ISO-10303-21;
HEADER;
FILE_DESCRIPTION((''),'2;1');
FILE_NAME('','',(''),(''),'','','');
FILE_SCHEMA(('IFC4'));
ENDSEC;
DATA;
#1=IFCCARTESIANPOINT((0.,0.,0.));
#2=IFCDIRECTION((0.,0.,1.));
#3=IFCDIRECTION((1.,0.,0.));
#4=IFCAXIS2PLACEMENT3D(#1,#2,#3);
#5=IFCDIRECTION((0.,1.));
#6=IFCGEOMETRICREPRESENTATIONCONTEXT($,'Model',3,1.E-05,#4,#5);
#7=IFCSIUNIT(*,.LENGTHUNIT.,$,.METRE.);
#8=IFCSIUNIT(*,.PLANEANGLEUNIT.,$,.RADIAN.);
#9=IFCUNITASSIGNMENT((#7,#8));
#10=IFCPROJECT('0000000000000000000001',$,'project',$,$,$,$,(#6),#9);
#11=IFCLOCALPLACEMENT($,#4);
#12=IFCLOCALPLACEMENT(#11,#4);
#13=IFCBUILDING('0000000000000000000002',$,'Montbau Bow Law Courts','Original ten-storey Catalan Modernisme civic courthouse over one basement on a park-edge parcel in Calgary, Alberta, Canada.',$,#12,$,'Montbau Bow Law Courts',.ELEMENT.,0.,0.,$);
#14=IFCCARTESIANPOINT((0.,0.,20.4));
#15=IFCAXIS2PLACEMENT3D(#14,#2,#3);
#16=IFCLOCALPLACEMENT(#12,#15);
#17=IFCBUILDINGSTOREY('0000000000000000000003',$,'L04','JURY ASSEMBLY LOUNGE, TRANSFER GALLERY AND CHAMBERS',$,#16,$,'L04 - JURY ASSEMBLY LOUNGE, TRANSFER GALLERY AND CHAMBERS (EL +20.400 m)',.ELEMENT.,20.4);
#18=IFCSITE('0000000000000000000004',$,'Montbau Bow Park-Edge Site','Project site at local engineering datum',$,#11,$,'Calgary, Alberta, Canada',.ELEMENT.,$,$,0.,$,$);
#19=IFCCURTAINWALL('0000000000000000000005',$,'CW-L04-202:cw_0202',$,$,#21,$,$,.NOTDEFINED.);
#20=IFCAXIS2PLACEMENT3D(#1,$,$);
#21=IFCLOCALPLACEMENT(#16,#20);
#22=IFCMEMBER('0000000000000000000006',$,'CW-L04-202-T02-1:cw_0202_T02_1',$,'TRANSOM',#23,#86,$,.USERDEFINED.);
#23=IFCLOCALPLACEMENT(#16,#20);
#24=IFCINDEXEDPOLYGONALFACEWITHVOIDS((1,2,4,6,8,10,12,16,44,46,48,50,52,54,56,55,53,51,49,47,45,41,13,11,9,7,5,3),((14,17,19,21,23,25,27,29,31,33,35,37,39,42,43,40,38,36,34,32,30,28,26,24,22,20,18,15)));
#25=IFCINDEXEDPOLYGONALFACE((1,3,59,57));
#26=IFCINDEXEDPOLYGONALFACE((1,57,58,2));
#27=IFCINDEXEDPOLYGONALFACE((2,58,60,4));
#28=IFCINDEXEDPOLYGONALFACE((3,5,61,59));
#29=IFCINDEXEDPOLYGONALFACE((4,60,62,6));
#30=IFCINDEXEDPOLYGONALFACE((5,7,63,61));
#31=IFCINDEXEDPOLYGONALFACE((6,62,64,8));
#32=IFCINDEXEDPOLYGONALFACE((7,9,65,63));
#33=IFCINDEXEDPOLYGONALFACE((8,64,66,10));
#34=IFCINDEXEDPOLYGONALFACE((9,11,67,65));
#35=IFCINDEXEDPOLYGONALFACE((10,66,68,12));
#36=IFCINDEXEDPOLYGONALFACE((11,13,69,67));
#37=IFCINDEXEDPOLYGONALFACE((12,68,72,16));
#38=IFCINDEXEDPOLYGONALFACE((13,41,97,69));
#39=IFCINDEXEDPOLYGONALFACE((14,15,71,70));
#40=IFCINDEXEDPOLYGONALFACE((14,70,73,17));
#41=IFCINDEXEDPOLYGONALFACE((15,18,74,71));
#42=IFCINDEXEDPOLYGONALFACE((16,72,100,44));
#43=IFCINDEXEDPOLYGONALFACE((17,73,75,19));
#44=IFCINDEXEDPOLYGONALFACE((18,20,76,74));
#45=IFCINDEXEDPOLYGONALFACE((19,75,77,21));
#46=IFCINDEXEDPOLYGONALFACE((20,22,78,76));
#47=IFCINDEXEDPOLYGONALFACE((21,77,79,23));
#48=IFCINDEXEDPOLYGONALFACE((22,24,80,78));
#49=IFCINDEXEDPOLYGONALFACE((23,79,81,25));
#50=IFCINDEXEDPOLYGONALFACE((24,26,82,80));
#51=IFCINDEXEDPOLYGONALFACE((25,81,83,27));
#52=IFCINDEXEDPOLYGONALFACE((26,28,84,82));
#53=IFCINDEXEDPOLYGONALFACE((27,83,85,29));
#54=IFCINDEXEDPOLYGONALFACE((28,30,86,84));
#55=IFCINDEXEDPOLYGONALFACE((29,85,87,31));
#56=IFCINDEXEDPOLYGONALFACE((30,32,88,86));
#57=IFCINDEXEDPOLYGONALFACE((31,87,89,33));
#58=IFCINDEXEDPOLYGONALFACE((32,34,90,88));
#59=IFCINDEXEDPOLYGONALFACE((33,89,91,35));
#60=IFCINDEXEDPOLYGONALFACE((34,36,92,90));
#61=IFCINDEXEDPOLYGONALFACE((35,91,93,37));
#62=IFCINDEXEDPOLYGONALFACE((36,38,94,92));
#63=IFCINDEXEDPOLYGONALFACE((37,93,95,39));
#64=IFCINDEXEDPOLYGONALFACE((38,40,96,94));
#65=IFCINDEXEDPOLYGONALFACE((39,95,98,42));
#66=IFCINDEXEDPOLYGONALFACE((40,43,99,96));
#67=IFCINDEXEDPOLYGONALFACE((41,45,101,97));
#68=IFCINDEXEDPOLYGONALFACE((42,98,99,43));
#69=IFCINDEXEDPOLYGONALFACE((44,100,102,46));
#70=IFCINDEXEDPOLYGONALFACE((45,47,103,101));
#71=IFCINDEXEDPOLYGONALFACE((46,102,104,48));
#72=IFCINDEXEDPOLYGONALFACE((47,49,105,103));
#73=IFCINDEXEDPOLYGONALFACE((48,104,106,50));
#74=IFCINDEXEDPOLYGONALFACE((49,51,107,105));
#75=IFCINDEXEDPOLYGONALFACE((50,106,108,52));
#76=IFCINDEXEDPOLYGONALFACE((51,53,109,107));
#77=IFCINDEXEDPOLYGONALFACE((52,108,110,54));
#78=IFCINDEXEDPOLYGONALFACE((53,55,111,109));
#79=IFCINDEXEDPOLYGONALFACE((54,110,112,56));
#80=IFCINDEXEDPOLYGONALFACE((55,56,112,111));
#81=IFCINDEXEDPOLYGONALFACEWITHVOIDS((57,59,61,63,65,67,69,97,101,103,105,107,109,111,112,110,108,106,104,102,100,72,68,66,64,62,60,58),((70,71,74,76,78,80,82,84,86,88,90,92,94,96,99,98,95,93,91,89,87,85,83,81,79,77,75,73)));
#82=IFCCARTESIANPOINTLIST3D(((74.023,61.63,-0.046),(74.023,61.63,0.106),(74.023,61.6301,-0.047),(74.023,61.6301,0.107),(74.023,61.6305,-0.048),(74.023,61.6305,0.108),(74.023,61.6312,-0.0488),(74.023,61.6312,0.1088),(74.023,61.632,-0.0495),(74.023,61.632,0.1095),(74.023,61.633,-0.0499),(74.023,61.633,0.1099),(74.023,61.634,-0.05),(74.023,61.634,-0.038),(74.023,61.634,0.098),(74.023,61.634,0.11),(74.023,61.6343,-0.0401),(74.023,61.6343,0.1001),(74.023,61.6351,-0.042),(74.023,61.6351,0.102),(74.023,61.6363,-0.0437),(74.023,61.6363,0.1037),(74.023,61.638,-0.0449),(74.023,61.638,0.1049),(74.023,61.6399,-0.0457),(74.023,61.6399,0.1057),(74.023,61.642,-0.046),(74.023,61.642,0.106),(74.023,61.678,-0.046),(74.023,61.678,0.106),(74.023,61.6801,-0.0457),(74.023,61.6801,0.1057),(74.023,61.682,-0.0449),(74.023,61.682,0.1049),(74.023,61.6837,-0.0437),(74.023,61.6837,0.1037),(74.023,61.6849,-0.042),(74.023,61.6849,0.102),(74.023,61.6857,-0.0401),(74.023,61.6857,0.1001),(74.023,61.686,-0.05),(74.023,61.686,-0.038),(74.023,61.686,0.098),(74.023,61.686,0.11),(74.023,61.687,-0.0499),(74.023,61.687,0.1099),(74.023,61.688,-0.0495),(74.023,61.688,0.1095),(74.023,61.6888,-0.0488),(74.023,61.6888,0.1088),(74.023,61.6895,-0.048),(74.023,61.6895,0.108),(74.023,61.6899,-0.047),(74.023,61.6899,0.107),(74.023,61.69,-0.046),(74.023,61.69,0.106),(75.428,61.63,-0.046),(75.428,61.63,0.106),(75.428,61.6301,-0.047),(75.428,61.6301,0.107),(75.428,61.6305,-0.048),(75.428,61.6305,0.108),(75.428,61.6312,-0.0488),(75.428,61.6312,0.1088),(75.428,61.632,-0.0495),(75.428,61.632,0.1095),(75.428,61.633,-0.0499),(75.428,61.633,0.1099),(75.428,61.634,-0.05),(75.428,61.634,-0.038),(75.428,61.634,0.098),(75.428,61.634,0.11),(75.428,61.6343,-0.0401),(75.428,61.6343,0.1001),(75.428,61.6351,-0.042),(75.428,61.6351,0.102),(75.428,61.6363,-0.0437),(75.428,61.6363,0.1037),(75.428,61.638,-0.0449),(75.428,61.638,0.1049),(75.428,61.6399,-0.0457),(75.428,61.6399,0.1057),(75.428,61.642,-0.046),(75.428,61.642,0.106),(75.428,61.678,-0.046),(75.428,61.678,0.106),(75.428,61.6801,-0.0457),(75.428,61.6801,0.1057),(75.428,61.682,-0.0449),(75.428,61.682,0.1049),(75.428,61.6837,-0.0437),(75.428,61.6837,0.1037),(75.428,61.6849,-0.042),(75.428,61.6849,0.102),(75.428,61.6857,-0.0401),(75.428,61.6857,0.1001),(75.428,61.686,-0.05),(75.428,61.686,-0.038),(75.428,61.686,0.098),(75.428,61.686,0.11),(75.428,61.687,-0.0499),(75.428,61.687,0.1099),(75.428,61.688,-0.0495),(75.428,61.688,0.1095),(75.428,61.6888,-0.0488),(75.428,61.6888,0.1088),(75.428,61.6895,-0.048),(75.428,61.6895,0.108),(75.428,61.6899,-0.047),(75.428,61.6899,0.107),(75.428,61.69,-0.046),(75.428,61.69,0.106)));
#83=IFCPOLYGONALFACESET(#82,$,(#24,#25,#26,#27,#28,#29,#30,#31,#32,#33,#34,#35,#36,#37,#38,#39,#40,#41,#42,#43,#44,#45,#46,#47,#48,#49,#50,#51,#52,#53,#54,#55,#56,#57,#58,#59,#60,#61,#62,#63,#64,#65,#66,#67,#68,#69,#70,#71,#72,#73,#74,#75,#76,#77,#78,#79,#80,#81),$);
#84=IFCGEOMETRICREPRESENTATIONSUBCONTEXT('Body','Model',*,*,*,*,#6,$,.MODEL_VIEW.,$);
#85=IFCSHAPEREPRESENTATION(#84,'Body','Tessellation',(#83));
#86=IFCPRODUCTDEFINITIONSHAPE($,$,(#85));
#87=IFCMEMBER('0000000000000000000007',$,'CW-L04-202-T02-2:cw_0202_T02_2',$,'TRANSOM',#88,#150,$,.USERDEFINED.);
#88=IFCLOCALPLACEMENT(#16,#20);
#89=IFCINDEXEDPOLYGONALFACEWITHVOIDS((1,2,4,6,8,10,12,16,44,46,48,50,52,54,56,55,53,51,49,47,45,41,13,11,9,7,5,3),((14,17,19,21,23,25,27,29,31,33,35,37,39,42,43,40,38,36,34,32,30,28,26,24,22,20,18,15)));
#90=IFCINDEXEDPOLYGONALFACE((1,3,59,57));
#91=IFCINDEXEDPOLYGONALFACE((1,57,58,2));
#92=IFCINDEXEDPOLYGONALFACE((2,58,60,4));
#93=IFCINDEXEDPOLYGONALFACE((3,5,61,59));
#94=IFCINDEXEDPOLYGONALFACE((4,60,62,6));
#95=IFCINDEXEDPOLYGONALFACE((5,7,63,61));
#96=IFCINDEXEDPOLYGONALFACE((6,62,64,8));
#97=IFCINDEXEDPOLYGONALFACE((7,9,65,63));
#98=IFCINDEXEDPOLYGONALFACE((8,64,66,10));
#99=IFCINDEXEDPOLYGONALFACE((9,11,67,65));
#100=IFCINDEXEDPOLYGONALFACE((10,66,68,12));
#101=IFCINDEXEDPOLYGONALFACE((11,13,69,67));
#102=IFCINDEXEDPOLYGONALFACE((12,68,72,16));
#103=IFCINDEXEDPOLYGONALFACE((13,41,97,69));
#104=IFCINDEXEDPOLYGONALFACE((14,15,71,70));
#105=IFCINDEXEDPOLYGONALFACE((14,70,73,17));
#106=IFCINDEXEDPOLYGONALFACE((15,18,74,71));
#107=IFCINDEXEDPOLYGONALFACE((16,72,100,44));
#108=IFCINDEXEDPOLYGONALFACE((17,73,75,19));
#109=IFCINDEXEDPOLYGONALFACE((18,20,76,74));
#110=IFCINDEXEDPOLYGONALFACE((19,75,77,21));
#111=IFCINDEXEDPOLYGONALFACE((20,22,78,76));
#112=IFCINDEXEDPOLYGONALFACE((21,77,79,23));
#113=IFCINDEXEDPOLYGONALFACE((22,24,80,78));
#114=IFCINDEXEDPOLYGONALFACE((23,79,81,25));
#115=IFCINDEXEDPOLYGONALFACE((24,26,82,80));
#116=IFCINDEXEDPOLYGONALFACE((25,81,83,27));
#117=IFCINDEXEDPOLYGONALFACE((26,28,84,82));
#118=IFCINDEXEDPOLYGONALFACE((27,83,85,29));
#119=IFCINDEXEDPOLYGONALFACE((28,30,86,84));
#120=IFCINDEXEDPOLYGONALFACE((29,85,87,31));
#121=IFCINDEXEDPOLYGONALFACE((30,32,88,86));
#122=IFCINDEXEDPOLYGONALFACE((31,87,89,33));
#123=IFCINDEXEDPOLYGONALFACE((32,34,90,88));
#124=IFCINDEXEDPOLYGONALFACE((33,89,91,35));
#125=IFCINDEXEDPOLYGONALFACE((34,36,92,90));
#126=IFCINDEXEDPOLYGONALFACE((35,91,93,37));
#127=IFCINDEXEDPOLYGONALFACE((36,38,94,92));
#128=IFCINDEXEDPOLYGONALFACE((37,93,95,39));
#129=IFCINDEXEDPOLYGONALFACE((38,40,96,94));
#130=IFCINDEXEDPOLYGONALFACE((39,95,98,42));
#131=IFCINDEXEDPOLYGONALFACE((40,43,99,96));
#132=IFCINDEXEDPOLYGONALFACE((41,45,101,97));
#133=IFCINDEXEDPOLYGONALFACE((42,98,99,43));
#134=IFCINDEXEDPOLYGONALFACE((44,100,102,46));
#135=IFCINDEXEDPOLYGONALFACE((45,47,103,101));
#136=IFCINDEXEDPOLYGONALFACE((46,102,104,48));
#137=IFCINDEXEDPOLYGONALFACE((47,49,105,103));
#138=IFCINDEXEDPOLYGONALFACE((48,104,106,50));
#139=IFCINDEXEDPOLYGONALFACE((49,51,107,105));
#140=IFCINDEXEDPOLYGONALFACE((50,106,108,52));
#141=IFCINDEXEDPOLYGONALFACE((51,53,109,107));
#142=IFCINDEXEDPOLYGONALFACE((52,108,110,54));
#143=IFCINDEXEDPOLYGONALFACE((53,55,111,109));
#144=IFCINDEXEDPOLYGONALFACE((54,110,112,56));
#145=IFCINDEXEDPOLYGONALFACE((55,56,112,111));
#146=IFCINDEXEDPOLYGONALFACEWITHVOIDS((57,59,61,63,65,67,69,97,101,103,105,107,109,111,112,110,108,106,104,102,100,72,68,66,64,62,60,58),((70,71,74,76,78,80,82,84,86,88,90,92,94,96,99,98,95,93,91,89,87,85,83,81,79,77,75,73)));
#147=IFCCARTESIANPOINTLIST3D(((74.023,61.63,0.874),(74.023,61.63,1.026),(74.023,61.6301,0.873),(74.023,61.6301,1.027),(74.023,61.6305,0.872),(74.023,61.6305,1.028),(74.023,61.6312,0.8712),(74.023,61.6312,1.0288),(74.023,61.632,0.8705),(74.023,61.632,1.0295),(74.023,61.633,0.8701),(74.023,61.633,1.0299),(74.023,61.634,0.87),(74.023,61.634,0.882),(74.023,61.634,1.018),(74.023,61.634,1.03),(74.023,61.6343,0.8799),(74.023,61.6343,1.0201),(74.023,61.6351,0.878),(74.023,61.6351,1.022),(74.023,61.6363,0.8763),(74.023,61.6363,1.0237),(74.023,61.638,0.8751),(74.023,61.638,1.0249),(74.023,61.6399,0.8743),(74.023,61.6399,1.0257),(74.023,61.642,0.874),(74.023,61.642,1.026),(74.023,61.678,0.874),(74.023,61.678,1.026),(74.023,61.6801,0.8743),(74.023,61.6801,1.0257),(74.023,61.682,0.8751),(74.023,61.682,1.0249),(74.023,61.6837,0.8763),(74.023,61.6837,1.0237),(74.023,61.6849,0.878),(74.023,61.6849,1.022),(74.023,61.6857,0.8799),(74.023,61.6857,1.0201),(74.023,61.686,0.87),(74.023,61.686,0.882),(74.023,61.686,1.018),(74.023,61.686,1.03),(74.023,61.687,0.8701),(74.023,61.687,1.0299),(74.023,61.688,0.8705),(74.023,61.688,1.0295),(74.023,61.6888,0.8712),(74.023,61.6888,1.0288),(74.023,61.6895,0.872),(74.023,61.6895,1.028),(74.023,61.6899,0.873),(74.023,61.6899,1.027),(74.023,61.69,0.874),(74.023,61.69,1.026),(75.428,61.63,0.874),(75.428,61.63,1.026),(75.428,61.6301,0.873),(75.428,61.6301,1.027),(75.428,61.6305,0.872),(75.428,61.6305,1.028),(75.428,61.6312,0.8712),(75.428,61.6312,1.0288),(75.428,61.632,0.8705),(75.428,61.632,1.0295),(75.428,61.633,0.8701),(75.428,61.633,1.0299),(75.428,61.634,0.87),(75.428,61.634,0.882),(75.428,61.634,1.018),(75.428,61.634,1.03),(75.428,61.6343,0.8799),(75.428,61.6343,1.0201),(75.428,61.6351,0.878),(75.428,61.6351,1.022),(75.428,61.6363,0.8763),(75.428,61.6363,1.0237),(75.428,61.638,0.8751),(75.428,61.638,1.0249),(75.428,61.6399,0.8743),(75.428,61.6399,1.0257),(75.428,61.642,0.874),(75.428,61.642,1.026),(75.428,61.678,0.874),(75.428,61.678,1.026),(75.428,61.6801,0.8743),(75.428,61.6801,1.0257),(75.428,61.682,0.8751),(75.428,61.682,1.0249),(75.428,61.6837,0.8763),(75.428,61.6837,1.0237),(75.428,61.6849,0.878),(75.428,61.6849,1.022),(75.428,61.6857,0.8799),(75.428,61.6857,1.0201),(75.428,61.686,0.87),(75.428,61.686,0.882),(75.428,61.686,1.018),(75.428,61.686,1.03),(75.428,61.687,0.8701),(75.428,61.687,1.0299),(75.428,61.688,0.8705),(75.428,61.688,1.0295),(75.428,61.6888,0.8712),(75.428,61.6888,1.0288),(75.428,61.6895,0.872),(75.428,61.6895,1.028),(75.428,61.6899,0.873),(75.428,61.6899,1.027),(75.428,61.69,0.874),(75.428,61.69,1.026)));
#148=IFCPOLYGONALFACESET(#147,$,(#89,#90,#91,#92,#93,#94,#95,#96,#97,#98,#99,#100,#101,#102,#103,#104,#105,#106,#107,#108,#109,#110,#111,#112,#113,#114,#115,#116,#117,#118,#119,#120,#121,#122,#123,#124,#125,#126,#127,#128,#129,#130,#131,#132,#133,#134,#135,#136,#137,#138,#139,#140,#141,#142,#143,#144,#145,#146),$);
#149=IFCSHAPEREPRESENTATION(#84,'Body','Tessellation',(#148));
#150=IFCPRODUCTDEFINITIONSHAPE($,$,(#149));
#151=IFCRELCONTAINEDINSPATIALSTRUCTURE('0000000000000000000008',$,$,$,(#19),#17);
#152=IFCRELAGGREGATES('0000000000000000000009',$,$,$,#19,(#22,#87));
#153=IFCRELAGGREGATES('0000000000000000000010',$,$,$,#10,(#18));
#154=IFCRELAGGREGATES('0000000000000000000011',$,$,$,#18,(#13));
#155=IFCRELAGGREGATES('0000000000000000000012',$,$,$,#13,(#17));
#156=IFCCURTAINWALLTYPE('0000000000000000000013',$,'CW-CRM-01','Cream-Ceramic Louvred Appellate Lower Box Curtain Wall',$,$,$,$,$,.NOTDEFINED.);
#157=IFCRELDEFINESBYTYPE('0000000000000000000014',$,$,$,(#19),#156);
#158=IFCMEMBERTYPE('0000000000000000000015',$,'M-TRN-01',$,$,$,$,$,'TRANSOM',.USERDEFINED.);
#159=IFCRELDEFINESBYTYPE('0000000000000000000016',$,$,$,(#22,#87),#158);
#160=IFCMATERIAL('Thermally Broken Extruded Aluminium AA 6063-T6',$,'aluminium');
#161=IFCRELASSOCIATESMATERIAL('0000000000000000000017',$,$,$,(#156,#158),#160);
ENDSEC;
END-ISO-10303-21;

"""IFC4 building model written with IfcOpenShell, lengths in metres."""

from ifc_helpers import new_model, si_unit, direction, frame, origin_with_axes, origin_2d_with_axis, place, context, subcontext, project, spatial, hollow_rectangle, extrude, material, material_profile, profile_set, type_object, element, aggregate, save


model = new_model("IFC4")

# Units and contexts
model_context = context("Model", 3, precision=1e-05, world=origin_with_axes(), true_north=direction((0.0, 1.0)))
body_context = subcontext(model_context, "Body", "Model", "MODEL_VIEW")
ifc_project = project(units=[si_unit("LENGTHUNIT", "METRE"), si_unit("PLANEANGLEUNIT", "RADIAN")], contexts=[model_context])

# Site, building, storey
site_placement = place(None, origin_with_axes())
site = spatial("IfcSite", under=ifc_project, at=site_placement, Name="Montbau Bow Park-Edge Site", Description="Project site at local engineering datum", LongName="Calgary, Alberta, Canada", CompositionType="ELEMENT", RefElevation=0.0)
building_placement = place(site_placement, origin_with_axes())
building = spatial("IfcBuilding", under=site, at=building_placement, Name="Montbau Bow Law Courts", Description="Original ten-storey Catalan Modernisme civic courthouse over one basement on a park-edge parcel in Calgary, Alberta, Canada.", LongName="Montbau Bow Law Courts", CompositionType="ELEMENT", ElevationOfRefHeight=0.0, ElevationOfTerrain=0.0)
storey_placement = place(building_placement, frame((0.0, 0.0, 20.4), z_axis=(0.0, 0.0, 1.0), x_axis=(1.0, 0.0, 0.0)))
storey = spatial("IfcBuildingStorey", under=building, at=storey_placement, Name="L04", Description="JURY ASSEMBLY LOUNGE, TRANSFER GALLERY AND CHAMBERS", LongName="L04 - JURY ASSEMBLY LOUNGE, TRANSFER GALLERY AND CHAMBERS (EL +20.400 m)", CompositionType="ELEMENT", Elevation=20.4)

# Curtain wall, members
ifc_material_1 = material(Name="Thermally Broken Extruded Aluminium AA 6063-T6", Category="aluminium")
curtain_wall_type = type_object("IfcCurtainWallType", Name="CW-CRM-01", Description="Cream-Ceramic Louvred Appellate Lower Box Curtain Wall", PredefinedType="NOTDEFINED", material=ifc_material_1)
curtain_wall_placement = place(None, frame((72.515, 61.66, 20.4), z_axis=(0.0, 0.0, 1.0), x_axis=(1.0, 0.0, 0.0)))
curtain_wall = element("IfcCurtainWall", 1, at=curtain_wall_placement, inside=storey, type_object=curtain_wall_type, Name="CW-L04-202:cw_0202", PredefinedType="NOTDEFINED")
ifc_material_profile_1 = material_profile(ifc_material_1, hollow_rectangle(XDim=0.06, YDim=0.16, WallThickness=0.004, InnerFilletRadius=0.008, OuterFilletRadius=0.004, at=origin_2d_with_axis()), Name="CWT-160X60", Category="Main", Priority=0)
ifc_profile_set_1 = profile_set([ifc_material_profile_1], Name="Thermally Broken Extruded Aluminium AA 6063-T6")
member_type_1 = type_object("IfcMemberType", Name="M-TRN-01", ElementType="TRANSOM", PredefinedType="USERDEFINED", material=ifc_profile_set_1)
member_1_placement = place(None, frame((74.023, 61.66, 20.43), z_axis=(1.0, 0.0, 0.0), x_axis=(0.0, 1.0, 0.0)))
member_1 = element("IfcMember", 2, at=member_1_placement, type_object=member_type_1, Name="CW-L04-202-T02-1:cw_0202_T02_1", ObjectType="TRANSOM", PredefinedType="USERDEFINED", context=body_context, shape_type="SweptSolid", body=[
    extrude(hollow_rectangle(XDim=0.06, YDim=0.16, WallThickness=0.004, InnerFilletRadius=0.008, OuterFilletRadius=0.004, at=origin_2d_with_axis()), origin_with_axes(), (0.0, 0.0, 1.0), 1.405),
])
member_2_placement = place(None, frame((74.023, 61.66, 21.35), z_axis=(1.0, 0.0, 0.0), x_axis=(0.0, 1.0, 0.0)))
member_2 = element("IfcMember", 3, at=member_2_placement, type_object=member_type_1, Name="CW-L04-202-T02-2:cw_0202_T02_2", ObjectType="TRANSOM", PredefinedType="USERDEFINED", context=body_context, shape_type="SweptSolid", body=[
    extrude(hollow_rectangle(XDim=0.06, YDim=0.16, WallThickness=0.004, InnerFilletRadius=0.008, OuterFilletRadius=0.004, at=origin_2d_with_axis()), origin_with_axes(), (0.0, 0.0, 1.0), 1.405),
])
aggregate(curtain_wall, [member_1, member_2])

save(model, "model.ifc")
